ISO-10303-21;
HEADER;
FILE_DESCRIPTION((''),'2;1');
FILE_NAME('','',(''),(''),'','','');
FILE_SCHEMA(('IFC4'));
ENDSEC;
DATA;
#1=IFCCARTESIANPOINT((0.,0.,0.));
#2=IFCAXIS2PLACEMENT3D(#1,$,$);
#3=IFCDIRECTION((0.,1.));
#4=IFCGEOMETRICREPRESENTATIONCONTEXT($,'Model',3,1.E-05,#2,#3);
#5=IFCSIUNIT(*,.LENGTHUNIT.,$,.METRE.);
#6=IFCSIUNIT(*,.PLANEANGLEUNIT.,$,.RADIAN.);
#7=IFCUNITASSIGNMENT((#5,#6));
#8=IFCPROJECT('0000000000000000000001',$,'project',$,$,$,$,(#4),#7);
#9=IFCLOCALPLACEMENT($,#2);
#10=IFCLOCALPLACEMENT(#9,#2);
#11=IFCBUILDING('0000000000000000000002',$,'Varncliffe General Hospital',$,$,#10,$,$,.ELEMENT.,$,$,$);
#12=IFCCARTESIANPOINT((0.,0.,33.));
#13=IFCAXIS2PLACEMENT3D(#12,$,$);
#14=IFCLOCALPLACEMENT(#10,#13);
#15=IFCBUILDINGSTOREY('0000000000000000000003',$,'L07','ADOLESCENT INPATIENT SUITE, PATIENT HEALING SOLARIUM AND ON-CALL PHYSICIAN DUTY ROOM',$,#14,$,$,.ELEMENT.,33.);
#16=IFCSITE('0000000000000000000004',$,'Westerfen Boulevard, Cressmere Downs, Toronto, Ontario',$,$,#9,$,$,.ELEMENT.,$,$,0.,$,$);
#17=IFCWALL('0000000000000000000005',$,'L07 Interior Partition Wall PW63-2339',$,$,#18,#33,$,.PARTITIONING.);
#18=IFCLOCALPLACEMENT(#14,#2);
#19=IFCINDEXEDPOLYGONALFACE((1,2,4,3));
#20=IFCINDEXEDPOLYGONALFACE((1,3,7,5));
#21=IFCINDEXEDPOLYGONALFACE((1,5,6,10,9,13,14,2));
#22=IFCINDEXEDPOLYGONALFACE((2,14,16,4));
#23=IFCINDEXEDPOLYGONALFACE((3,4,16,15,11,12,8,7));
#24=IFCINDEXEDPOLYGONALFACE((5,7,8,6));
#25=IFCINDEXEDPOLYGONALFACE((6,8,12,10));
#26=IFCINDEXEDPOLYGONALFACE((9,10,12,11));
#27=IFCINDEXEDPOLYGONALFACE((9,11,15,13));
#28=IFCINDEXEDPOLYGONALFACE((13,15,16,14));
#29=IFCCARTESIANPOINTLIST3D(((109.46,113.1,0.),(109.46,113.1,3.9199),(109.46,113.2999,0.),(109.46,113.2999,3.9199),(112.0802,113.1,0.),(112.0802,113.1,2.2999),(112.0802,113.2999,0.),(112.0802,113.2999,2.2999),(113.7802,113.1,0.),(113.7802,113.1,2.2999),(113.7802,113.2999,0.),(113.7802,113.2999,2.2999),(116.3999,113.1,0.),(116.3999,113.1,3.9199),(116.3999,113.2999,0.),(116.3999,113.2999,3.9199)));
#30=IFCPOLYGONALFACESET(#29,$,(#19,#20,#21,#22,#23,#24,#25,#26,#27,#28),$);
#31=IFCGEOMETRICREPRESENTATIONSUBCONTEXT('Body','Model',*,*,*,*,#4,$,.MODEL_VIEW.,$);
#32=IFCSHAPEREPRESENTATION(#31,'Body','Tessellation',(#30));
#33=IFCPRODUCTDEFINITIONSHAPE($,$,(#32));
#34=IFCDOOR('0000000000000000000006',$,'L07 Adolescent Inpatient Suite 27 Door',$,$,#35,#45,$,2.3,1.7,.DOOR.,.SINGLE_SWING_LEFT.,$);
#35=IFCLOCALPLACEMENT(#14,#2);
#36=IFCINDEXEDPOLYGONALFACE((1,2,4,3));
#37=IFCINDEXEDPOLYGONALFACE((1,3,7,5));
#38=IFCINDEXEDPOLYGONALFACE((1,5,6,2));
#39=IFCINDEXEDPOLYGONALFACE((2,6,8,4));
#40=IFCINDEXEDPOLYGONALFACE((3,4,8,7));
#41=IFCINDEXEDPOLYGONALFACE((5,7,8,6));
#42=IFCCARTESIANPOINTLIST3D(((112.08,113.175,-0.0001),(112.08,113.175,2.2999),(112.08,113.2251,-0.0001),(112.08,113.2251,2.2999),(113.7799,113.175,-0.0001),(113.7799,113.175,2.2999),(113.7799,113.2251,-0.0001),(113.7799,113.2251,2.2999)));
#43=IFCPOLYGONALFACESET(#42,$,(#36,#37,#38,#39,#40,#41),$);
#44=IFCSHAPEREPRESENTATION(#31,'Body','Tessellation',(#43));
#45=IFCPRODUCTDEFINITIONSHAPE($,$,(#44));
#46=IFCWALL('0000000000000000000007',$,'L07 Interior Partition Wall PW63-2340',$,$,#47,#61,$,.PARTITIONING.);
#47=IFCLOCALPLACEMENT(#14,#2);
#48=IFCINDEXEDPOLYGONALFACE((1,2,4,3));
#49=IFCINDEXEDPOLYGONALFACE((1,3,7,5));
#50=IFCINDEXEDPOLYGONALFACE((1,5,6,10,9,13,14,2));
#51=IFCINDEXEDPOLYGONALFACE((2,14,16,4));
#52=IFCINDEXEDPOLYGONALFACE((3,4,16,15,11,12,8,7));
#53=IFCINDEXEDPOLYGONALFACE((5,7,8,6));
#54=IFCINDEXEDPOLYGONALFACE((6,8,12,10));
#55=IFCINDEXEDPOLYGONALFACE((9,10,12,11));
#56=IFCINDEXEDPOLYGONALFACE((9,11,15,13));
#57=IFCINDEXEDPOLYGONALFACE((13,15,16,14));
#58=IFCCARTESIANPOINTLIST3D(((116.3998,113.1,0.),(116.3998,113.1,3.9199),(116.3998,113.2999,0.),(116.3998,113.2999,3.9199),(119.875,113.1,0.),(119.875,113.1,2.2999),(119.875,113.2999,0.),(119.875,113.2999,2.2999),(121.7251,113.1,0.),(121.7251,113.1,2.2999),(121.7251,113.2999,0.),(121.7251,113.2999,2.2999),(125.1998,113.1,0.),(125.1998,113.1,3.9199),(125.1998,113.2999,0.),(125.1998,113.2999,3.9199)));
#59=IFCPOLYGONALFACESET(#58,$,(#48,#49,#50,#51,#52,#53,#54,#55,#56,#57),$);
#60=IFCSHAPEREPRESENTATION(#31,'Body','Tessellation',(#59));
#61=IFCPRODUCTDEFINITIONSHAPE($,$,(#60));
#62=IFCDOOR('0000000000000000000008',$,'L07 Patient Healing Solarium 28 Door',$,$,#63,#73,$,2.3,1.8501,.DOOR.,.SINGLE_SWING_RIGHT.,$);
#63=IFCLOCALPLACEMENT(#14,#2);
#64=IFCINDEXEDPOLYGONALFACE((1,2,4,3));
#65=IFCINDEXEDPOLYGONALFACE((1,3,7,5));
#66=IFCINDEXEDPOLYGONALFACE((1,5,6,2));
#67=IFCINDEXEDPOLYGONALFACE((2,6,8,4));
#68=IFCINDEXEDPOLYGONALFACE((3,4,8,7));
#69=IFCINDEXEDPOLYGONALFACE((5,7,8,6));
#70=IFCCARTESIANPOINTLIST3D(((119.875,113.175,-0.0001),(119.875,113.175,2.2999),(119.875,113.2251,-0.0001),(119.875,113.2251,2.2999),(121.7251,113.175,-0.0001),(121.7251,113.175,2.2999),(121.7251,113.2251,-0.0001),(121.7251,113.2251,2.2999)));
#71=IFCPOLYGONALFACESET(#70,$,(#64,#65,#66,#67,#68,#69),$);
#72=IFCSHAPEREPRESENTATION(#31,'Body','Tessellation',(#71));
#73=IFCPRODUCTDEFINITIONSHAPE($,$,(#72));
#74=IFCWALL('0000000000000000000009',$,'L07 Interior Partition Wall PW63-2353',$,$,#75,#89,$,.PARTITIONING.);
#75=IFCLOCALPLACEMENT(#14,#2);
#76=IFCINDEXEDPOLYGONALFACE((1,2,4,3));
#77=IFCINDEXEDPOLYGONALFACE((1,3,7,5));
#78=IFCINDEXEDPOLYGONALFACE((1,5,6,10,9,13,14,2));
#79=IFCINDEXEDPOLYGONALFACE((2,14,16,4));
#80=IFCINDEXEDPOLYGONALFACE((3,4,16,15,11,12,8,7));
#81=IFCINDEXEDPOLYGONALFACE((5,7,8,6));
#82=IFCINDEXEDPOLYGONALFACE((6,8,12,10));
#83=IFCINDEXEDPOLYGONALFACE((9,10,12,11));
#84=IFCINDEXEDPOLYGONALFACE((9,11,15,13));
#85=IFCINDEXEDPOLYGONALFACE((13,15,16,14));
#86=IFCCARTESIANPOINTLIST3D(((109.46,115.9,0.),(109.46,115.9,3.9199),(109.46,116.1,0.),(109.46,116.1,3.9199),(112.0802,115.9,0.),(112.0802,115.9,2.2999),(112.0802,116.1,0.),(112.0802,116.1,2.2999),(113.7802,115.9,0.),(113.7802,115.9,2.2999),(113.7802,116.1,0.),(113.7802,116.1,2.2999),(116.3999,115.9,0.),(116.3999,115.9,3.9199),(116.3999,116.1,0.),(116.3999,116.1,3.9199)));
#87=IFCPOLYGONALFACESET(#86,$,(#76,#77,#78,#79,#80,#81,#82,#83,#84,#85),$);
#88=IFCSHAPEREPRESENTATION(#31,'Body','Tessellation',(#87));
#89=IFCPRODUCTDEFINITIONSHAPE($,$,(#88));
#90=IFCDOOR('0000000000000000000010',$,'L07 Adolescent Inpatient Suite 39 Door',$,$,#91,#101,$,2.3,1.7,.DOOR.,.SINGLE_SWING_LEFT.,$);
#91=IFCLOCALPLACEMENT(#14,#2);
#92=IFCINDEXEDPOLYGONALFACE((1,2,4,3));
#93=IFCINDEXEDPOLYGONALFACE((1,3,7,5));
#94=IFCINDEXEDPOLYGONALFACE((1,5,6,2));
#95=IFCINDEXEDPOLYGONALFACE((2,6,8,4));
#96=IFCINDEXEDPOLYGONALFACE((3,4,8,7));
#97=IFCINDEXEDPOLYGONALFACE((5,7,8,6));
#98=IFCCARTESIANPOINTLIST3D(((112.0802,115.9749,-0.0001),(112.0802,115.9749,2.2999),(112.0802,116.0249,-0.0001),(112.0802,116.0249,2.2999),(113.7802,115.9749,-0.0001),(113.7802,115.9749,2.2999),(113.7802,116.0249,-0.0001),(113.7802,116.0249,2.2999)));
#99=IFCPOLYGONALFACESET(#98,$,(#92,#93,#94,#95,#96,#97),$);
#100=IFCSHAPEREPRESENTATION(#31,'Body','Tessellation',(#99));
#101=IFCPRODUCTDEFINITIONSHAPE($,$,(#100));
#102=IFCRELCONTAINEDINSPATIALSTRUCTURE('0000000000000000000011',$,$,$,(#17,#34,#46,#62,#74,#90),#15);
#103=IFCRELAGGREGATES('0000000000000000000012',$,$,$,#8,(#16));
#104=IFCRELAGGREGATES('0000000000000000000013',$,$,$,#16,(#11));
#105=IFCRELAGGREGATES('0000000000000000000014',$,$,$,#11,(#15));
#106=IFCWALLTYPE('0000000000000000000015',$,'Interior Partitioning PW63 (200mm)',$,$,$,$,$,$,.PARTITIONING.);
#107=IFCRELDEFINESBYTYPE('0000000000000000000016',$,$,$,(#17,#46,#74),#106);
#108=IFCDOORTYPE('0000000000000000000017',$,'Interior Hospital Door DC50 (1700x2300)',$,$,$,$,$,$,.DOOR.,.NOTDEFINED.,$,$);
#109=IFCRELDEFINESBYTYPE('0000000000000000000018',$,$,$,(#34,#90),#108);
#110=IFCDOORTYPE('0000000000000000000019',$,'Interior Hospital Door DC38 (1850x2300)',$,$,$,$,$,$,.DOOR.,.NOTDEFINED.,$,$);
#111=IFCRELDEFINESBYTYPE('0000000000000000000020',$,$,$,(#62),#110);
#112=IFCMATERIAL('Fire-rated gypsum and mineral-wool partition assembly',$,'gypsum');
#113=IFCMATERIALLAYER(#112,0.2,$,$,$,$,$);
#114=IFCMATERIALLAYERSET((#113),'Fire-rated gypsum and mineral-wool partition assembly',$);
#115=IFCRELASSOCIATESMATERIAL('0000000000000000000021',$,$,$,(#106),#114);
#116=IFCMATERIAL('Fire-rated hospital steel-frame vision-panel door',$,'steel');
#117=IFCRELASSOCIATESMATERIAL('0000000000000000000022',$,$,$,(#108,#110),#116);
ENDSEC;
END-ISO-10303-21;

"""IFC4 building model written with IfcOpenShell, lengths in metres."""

from ifc_helpers import new_model, si_unit, direction, frame, frame_2d, origin, place, context, subcontext, project, spatial, rectangle, extrude, material, layer, layer_set, type_object, element, fill, save


model = new_model("IFC4")

# Units and contexts
model_context = context("Model", 3, precision=1e-05, world=origin(), true_north=direction((0.0, 1.0)))
body_context = subcontext(model_context, "Body", "Model", "MODEL_VIEW")
ifc_project = project(units=[si_unit("LENGTHUNIT", "METRE"), si_unit("PLANEANGLEUNIT", "RADIAN")], contexts=[model_context])

# Site, building, storey
site_placement = place(None, origin())
site = spatial("IfcSite", under=ifc_project, at=site_placement, Name="Westerfen Boulevard, Cressmere Downs, Toronto, Ontario", CompositionType="ELEMENT", RefElevation=0.0)
building_placement = place(site_placement, origin())
building = spatial("IfcBuilding", under=site, at=building_placement, Name="Varncliffe General Hospital", CompositionType="ELEMENT")
storey_placement = place(building_placement, frame((0.0, 0.0, 33.0)))
storey = spatial("IfcBuildingStorey", under=building, at=storey_placement, Name="L07", Description="ADOLESCENT INPATIENT SUITE, PATIENT HEALING SOLARIUM AND ON-CALL PHYSICIAN DUTY ROOM", CompositionType="ELEMENT", Elevation=33.0)

# Walls, openings, doors
ifc_material_1 = material(Name="Fire-rated gypsum and mineral-wool partition assembly", Category="gypsum")
ifc_layer_1 = layer(ifc_material_1, 0.2)
ifc_layer_set_1 = layer_set([ifc_layer_1], Name="Fire-rated gypsum and mineral-wool partition assembly")
wall_type_1 = type_object("IfcWallType", Name="Interior Partitioning PW63 (200mm)", PredefinedType="PARTITIONING", material=ifc_layer_set_1)
wall_1_placement = place(storey_placement, frame((109.46, 113.2, 0.0), z_axis=(0.0, 0.0, 1.0), x_axis=(1.0, 0.0, 0.0)))
wall_1 = element("IfcWall", 1, at=wall_1_placement, inside=storey, type_object=wall_type_1, Name="L07 Interior Partition Wall PW63-2339", PredefinedType="PARTITIONING", context=body_context, shape_type="SweptSolid", body=[
    extrude(rectangle(XDim=6.9399, YDim=0.2, at=frame_2d((3.47, 0.0))), origin(), (0.0, 0.0, 1.0), 3.9199),
])
opening_1_placement = place(wall_1_placement, frame((2.6201, 0.0, 0.0)))
opening_1 = element("IfcOpeningElement", 2, at=opening_1_placement, cuts=wall_1, PredefinedType="OPENING", context=body_context, shape_type="SweptSolid", body=[
    extrude(rectangle(XDim=1.7, YDim=2.3, at=frame_2d((0.8501, 1.1499))), frame((0.0, 0.1099, 0.0), z_axis=(0.0, -1.0, 0.0), x_axis=(1.0, 0.0, 0.0)), (0.0, 0.0, 1.0), 0.22),
])
ifc_material_2 = material(Name="Fire-rated hospital steel-frame vision-panel door", Category="steel")
door_type_1 = type_object("IfcDoorType", Name="Interior Hospital Door DC50 (1700x2300)", OperationType="NOTDEFINED", PredefinedType="DOOR", material=ifc_material_2)
door_1_placement = place(opening_1_placement, frame((1.7, 0.0, 0.0), z_axis=(0.0, 0.0, 1.0), x_axis=(-1.0, 0.0, 0.0)))
door_1 = element("IfcDoor", 3, at=door_1_placement, inside=storey, type_object=door_type_1, Name="L07 Adolescent Inpatient Suite 27 Door", OperationType="SINGLE_SWING_LEFT", OverallHeight=2.3, OverallWidth=1.7, PredefinedType="DOOR", context=body_context, shape_type="SweptSolid", body=[
    extrude(rectangle(XDim=1.7, YDim=2.3, at=frame_2d((0.8501, 1.1499))), frame((0.0, 0.0249, 0.0), z_axis=(0.0, -1.0, 0.0), x_axis=(1.0, 0.0, 0.0)), (0.0, 0.0, 1.0), 0.05),
])
fill(opening_1, door_1)
wall_2_placement = place(storey_placement, frame((116.3999, 113.2, 0.0), z_axis=(0.0, 0.0, 1.0), x_axis=(1.0, 0.0, 0.0)))
wall_2 = element("IfcWall", 4, at=wall_2_placement, inside=storey, type_object=wall_type_1, Name="L07 Interior Partition Wall PW63-2340", PredefinedType="PARTITIONING", context=body_context, shape_type="SweptSolid", body=[
    extrude(rectangle(XDim=8.8, YDim=0.2, at=frame_2d((4.3999, 0.0))), origin(), (0.0, 0.0, 1.0), 3.9199),
])
opening_2_placement = place(wall_2_placement, frame((3.4751, 0.0, 0.0)))
opening_2 = element("IfcOpeningElement", 5, at=opening_2_placement, cuts=wall_2, PredefinedType="OPENING", context=body_context, shape_type="SweptSolid", body=[
    extrude(rectangle(XDim=1.8501, YDim=2.3, at=frame_2d((0.925, 1.1499))), frame((0.0, 0.1099, 0.0), z_axis=(0.0, -1.0, 0.0), x_axis=(1.0, 0.0, 0.0)), (0.0, 0.0, 1.0), 0.22),
])
door_type_2 = type_object("IfcDoorType", Name="Interior Hospital Door DC38 (1850x2300)", OperationType="NOTDEFINED", PredefinedType="DOOR", material=ifc_material_2)
door_2_placement = place(opening_2_placement, frame((1.8501, 0.0, 0.0), z_axis=(0.0, 0.0, 1.0), x_axis=(-1.0, 0.0, 0.0)))
door_2 = element("IfcDoor", 6, at=door_2_placement, inside=storey, type_object=door_type_2, Name="L07 Patient Healing Solarium 28 Door", OperationType="SINGLE_SWING_RIGHT", OverallHeight=2.3, OverallWidth=1.8501, PredefinedType="DOOR", context=body_context, shape_type="SweptSolid", body=[
    extrude(rectangle(XDim=1.8501, YDim=2.3, at=frame_2d((0.925, 1.1499))), frame((0.0, 0.0249, 0.0), z_axis=(0.0, -1.0, 0.0), x_axis=(1.0, 0.0, 0.0)), (0.0, 0.0, 1.0), 0.05),
])
fill(opening_2, door_2)
wall_3_placement = place(storey_placement, frame((109.46, 116.0, 0.0), z_axis=(0.0, 0.0, 1.0), x_axis=(1.0, 0.0, 0.0)))
wall_3 = element("IfcWall", 7, at=wall_3_placement, inside=storey, type_object=wall_type_1, Name="L07 Interior Partition Wall PW63-2353", PredefinedType="PARTITIONING", context=body_context, shape_type="SweptSolid", body=[
    extrude(rectangle(XDim=6.9399, YDim=0.2, at=frame_2d((3.47, 0.0))), origin(), (0.0, 0.0, 1.0), 3.9199),
])
opening_3_placement = place(wall_3_placement, frame((2.6201, 0.0, 0.0)))
opening_3 = element("IfcOpeningElement", 8, at=opening_3_placement, cuts=wall_3, PredefinedType="OPENING", context=body_context, shape_type="SweptSolid", body=[
    extrude(rectangle(XDim=1.7, YDim=2.3, at=frame_2d((0.8501, 1.1499))), frame((0.0, 0.1099, 0.0), z_axis=(0.0, -1.0, 0.0), x_axis=(1.0, 0.0, 0.0)), (0.0, 0.0, 1.0), 0.22),
])
door_3_placement = place(opening_3_placement, origin())
door_3 = element("IfcDoor", 9, at=door_3_placement, inside=storey, type_object=door_type_1, Name="L07 Adolescent Inpatient Suite 39 Door", OperationType="SINGLE_SWING_LEFT", OverallHeight=2.3, OverallWidth=1.7, PredefinedType="DOOR", context=body_context, shape_type="SweptSolid", body=[
    extrude(rectangle(XDim=1.7, YDim=2.3, at=frame_2d((0.8501, 1.1499))), frame((0.0, 0.0249, 0.0), z_axis=(0.0, -1.0, 0.0), x_axis=(1.0, 0.0, 0.0)), (0.0, 0.0, 1.0), 0.05),
])
fill(opening_3, door_3)

save(model, "model.ifc")
